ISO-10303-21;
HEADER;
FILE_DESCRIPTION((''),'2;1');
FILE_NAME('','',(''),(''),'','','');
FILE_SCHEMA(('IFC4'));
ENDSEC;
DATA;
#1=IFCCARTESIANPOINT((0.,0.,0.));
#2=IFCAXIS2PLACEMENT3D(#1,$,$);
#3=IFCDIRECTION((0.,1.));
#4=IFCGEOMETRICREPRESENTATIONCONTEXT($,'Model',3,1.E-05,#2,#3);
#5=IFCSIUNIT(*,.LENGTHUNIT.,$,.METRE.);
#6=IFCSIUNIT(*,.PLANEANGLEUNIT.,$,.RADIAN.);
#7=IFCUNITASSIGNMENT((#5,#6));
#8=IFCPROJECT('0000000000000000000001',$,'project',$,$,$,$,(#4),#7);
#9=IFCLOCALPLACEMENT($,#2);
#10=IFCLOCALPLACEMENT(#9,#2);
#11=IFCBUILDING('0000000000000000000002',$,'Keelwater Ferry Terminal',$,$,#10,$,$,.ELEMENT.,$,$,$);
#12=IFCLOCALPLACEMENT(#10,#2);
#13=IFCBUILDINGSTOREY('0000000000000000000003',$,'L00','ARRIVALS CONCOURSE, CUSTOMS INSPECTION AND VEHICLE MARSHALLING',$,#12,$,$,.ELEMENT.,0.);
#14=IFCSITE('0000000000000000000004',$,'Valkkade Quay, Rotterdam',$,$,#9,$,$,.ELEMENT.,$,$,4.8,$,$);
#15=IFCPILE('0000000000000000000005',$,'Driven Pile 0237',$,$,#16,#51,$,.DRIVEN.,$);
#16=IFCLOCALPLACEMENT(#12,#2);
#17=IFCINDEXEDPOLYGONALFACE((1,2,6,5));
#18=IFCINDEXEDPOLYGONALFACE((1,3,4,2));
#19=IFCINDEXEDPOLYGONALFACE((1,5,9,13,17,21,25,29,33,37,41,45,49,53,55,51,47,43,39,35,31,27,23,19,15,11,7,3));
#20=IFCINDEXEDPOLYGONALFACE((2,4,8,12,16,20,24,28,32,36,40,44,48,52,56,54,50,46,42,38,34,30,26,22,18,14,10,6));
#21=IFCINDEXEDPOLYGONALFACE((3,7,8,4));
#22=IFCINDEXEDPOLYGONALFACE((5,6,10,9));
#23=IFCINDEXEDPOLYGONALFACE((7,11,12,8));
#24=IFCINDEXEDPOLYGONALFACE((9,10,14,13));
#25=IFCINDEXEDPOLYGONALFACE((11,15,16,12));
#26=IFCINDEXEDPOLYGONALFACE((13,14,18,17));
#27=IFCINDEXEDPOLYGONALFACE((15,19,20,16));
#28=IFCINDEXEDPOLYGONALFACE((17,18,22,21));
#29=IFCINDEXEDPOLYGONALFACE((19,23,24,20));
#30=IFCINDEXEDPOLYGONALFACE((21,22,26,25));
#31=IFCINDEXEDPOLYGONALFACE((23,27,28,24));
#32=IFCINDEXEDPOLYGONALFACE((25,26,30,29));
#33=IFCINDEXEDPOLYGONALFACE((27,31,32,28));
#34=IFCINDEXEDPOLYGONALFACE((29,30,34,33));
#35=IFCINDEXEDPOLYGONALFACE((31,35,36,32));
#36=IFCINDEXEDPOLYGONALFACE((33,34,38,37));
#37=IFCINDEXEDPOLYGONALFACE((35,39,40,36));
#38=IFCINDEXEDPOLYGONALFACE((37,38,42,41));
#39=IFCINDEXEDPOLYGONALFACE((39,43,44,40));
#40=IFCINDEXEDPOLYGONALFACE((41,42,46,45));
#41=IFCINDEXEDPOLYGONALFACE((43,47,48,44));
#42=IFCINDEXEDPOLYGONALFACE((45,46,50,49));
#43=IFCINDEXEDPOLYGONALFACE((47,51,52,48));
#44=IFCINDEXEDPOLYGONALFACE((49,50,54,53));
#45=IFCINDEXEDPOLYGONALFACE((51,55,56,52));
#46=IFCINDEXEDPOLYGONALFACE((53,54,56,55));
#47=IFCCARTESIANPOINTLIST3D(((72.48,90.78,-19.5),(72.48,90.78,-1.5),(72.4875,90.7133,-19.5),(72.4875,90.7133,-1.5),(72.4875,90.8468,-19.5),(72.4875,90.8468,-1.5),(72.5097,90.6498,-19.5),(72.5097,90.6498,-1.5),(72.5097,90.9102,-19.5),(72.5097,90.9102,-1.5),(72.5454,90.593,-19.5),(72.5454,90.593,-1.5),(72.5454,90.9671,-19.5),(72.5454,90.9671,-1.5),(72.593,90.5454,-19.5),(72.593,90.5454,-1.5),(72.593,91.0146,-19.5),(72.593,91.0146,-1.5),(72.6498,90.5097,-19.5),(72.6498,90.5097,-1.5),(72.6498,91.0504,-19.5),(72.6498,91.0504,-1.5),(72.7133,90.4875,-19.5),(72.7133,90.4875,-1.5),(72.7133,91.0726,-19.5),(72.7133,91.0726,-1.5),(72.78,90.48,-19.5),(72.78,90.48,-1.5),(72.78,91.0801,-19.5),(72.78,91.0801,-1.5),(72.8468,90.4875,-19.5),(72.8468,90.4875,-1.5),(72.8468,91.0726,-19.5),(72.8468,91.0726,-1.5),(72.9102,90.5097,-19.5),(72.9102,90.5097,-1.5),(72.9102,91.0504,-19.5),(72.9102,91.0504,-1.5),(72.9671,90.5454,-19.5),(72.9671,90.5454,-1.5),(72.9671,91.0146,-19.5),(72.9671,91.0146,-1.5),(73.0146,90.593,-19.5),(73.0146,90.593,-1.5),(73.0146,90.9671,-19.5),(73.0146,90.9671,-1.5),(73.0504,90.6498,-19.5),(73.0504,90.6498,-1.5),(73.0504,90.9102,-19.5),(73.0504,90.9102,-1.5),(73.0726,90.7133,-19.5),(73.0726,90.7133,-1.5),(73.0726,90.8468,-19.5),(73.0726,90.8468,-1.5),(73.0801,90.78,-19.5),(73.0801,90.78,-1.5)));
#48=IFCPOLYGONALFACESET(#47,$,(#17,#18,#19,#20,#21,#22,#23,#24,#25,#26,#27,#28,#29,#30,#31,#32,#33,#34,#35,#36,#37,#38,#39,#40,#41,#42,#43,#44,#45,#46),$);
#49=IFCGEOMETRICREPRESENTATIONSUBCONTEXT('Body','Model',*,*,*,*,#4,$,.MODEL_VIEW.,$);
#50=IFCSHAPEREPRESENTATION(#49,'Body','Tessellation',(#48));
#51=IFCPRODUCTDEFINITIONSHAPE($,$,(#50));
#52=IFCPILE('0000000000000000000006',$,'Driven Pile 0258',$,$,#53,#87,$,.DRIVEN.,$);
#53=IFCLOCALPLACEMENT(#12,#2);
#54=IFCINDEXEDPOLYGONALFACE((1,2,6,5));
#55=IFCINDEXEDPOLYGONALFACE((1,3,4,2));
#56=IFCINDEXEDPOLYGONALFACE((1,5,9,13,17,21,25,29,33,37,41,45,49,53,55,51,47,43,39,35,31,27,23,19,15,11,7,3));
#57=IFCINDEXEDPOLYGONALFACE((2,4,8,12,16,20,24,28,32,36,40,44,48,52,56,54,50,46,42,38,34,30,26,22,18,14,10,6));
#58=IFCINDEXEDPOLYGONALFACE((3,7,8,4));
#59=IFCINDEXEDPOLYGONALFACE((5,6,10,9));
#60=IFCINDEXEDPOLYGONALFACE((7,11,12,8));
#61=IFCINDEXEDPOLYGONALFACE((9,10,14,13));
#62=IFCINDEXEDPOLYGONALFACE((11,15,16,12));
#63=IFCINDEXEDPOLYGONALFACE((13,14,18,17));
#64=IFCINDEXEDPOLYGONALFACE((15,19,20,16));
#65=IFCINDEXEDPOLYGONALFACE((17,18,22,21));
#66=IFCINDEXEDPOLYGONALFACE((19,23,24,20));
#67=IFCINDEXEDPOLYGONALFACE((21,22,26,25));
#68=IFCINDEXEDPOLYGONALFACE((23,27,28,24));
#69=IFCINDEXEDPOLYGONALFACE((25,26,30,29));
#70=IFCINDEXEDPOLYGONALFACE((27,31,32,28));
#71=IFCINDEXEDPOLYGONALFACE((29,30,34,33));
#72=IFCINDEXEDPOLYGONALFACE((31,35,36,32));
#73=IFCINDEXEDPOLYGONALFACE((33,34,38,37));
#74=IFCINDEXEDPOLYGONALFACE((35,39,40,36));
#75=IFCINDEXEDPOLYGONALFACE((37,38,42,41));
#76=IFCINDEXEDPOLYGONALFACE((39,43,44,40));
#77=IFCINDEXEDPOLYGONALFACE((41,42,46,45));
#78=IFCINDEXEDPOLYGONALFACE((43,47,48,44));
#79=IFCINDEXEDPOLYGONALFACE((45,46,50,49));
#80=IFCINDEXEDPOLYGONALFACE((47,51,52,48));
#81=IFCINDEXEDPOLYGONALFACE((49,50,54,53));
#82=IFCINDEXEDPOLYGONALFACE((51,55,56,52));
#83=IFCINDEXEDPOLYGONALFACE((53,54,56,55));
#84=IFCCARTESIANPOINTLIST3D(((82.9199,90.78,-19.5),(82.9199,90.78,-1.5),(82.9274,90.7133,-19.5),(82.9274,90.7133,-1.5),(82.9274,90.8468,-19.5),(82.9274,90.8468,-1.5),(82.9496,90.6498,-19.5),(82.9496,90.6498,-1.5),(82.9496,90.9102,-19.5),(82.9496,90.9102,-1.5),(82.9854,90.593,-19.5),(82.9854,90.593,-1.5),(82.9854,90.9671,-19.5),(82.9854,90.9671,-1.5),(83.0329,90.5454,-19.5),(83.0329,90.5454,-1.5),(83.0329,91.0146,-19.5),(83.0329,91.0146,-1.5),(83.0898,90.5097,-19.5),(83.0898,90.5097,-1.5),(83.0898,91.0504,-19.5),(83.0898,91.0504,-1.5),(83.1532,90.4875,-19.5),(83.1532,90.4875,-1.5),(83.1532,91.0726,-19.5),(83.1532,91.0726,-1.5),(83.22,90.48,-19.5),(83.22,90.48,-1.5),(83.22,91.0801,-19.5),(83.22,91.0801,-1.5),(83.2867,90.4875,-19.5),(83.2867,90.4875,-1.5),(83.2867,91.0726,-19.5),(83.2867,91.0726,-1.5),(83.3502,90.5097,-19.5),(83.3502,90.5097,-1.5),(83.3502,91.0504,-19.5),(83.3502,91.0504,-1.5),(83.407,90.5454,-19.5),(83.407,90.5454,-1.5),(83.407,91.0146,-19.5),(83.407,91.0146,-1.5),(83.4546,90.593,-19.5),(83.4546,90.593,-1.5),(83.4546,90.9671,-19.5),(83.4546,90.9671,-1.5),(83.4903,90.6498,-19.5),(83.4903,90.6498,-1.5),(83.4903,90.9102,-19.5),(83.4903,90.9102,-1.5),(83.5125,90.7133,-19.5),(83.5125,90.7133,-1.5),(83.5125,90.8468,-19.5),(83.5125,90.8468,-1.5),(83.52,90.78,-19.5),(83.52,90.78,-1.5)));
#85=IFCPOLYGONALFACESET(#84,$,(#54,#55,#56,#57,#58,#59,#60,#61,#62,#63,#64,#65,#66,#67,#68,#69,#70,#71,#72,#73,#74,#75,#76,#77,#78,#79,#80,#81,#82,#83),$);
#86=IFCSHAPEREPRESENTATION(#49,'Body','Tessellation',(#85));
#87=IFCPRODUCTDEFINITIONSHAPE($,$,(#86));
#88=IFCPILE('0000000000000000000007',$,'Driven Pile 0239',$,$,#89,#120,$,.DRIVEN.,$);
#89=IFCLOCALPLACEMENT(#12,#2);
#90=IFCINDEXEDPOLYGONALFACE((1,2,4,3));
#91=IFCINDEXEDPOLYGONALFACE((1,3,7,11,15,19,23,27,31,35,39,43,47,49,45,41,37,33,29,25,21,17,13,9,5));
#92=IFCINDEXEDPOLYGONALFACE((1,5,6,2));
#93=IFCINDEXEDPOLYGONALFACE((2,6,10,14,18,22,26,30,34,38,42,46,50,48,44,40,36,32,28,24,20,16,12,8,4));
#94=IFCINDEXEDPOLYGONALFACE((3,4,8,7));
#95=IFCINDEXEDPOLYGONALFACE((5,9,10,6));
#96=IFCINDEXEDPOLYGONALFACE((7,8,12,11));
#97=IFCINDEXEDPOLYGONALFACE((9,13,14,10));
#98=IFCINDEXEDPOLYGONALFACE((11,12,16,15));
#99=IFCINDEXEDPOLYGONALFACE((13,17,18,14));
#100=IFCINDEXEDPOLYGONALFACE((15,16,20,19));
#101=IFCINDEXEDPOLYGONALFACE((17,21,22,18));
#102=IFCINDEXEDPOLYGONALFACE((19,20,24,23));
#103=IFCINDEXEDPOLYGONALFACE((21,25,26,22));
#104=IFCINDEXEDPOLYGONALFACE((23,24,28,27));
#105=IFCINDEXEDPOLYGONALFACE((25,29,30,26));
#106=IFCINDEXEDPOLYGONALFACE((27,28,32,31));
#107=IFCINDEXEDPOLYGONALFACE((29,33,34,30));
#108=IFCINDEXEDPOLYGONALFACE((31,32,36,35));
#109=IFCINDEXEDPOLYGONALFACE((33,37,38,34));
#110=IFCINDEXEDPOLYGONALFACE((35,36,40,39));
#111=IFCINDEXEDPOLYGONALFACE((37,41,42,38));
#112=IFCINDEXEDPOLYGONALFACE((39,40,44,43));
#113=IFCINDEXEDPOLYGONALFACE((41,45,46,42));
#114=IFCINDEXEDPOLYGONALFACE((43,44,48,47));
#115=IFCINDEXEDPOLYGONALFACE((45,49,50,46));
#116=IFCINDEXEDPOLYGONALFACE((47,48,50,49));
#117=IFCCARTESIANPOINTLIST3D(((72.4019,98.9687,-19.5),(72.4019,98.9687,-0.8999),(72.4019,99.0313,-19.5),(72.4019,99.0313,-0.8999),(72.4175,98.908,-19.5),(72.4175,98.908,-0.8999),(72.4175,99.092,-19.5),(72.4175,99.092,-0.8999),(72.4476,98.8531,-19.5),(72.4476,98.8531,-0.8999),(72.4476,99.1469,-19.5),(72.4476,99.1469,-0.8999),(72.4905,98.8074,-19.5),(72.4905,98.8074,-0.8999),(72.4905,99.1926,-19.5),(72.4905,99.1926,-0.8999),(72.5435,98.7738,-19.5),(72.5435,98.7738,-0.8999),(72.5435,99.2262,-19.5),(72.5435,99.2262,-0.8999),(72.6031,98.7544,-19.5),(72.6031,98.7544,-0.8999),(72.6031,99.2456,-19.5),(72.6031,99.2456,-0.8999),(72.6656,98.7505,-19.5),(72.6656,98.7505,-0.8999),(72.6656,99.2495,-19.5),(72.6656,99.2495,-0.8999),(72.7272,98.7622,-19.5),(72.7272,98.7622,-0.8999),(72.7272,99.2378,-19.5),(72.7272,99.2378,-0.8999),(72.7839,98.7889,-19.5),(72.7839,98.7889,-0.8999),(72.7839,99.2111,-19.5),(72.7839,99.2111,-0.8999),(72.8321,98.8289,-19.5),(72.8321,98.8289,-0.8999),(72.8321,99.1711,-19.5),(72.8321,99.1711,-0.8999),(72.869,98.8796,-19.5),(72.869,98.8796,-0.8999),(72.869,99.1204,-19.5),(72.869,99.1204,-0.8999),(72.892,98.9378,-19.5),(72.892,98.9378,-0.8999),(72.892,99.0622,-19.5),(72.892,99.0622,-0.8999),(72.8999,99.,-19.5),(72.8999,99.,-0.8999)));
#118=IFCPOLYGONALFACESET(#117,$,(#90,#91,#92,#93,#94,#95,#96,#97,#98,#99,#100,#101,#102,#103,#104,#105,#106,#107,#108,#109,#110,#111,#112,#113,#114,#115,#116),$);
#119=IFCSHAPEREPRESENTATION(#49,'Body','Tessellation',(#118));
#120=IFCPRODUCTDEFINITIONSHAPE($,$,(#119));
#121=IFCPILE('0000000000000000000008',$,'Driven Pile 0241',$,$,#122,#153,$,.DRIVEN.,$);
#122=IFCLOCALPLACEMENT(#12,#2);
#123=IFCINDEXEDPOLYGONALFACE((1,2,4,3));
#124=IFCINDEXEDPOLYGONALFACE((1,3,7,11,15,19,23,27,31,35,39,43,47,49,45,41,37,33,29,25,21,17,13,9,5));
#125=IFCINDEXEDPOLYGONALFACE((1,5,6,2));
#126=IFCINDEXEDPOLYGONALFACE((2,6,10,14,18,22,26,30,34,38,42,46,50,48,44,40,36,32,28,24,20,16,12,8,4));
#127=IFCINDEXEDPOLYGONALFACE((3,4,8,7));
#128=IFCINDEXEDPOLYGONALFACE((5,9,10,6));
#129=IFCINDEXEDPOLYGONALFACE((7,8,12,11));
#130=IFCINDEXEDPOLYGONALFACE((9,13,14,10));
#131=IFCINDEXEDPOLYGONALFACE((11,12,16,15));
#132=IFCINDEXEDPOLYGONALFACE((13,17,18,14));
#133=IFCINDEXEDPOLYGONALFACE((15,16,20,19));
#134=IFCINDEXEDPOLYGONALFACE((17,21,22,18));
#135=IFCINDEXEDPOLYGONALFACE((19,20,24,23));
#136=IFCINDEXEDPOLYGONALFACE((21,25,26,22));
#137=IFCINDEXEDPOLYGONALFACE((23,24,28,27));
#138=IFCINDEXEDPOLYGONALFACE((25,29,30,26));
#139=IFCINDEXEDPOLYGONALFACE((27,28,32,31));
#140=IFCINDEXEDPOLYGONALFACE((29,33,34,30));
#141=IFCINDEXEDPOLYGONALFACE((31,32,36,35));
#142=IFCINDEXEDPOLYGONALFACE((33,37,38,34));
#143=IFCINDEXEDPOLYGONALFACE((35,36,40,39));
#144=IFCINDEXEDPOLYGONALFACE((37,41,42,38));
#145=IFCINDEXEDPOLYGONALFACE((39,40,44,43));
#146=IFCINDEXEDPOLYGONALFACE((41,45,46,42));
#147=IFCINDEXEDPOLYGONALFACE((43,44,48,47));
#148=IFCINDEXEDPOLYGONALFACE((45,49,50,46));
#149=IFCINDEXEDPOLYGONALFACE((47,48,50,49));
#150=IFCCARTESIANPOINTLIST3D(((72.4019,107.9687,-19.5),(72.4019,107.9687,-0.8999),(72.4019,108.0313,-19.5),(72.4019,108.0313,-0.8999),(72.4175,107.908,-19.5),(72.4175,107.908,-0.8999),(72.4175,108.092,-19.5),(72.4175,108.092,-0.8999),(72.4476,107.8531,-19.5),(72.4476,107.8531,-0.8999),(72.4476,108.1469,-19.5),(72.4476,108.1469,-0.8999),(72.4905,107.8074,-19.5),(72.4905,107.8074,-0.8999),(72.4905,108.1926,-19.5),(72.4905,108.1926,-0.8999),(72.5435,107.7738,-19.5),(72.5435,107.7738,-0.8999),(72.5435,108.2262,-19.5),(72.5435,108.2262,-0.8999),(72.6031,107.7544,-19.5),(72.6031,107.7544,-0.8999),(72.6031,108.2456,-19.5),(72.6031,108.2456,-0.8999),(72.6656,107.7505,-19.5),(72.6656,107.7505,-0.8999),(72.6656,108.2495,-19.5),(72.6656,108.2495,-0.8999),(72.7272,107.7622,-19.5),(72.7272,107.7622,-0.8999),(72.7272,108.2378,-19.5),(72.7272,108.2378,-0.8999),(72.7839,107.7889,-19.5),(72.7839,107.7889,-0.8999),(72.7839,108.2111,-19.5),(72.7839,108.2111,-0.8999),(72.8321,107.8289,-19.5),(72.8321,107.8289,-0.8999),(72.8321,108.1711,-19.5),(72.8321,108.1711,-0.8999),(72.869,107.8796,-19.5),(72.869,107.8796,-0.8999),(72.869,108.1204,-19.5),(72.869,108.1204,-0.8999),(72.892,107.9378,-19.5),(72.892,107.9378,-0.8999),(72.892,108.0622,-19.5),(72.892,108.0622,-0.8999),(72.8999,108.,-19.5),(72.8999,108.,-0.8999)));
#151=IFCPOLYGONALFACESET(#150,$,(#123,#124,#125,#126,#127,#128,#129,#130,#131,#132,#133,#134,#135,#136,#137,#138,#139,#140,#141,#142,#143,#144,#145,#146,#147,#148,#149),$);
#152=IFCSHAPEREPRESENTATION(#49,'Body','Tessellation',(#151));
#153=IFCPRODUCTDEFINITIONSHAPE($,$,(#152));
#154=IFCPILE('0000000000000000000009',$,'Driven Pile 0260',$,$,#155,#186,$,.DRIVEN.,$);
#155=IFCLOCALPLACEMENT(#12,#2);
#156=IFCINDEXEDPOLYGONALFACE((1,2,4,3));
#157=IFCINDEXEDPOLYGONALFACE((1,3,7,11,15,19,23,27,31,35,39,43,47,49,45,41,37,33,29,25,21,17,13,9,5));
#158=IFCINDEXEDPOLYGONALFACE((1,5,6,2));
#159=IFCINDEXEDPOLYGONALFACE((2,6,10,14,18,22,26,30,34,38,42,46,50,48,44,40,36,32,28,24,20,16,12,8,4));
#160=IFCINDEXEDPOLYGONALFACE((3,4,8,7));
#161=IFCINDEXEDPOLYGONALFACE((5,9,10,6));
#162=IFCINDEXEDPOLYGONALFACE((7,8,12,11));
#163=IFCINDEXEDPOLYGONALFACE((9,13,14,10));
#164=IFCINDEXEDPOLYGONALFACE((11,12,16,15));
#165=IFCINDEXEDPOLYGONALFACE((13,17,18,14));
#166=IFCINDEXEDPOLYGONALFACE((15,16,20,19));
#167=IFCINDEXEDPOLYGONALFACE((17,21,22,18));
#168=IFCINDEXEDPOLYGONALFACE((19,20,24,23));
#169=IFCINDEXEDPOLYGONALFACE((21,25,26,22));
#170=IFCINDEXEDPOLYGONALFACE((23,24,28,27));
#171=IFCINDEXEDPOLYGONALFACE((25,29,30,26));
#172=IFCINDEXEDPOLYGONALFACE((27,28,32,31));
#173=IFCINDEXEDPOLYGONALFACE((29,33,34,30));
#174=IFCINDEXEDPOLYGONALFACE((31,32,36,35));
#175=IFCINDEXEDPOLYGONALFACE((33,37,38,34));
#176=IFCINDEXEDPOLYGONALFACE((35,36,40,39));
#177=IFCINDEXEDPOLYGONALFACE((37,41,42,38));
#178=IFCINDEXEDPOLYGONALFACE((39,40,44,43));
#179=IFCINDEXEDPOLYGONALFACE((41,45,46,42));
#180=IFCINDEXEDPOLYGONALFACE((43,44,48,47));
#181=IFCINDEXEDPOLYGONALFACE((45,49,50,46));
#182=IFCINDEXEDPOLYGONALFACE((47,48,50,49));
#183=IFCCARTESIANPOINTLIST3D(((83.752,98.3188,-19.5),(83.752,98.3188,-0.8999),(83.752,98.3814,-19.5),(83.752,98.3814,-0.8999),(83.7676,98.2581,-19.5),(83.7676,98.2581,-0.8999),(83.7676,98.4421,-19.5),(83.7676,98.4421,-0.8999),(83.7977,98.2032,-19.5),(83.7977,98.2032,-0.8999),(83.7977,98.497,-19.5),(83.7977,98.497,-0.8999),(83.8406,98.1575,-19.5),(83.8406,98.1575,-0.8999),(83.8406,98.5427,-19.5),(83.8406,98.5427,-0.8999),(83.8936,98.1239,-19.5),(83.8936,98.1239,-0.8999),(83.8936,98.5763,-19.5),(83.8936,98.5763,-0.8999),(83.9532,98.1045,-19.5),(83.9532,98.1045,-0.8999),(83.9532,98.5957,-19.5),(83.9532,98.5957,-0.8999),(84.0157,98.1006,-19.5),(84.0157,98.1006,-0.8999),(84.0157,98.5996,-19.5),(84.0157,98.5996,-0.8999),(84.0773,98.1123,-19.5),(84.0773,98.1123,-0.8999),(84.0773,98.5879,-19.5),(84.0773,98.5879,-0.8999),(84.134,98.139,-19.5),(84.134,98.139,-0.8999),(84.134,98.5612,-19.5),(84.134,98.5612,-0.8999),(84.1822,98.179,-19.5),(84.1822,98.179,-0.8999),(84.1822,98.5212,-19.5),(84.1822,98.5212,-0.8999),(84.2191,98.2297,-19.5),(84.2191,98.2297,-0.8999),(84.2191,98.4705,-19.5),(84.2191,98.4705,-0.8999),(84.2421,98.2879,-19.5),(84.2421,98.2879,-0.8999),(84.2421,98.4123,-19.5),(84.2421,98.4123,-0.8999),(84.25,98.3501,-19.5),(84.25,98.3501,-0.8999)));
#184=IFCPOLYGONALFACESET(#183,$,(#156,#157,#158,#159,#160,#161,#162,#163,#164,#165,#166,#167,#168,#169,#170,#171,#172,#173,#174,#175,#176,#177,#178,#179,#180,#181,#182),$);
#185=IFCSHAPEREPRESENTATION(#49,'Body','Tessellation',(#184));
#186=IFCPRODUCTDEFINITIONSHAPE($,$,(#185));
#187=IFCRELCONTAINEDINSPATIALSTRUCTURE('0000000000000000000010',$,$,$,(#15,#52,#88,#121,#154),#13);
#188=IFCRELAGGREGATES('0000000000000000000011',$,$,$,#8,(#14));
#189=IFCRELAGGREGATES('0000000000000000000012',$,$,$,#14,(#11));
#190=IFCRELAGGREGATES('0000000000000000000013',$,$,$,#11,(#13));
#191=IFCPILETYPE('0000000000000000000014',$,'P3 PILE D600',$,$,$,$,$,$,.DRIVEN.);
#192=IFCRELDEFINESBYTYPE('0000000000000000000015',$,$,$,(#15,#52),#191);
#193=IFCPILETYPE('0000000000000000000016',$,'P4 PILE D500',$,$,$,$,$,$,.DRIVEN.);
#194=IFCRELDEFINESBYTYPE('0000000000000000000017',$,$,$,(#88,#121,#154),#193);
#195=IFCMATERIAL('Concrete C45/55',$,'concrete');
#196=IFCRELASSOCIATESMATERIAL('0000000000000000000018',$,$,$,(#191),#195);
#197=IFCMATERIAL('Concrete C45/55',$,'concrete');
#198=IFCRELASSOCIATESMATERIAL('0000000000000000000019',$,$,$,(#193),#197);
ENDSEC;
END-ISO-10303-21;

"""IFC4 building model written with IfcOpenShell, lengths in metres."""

from ifc_helpers import new_model, si_unit, direction, frame, origin, origin_2d, place, context, subcontext, project, spatial, circle, extrude, material, material_profile, profile_set, type_object, element, save


model = new_model("IFC4")

# Units and contexts
model_context = context("Model", 3, precision=1e-05, world=origin(), true_north=direction((0.0, 1.0)))
body_context = subcontext(model_context, "Body", "Model", "MODEL_VIEW")
ifc_project = project(units=[si_unit("LENGTHUNIT", "METRE"), si_unit("PLANEANGLEUNIT", "RADIAN")], contexts=[model_context])

# Site, building, storey
site_placement = place(None, origin())
site = spatial("IfcSite", under=ifc_project, at=site_placement, Name="Valkkade Quay, Rotterdam", CompositionType="ELEMENT", RefElevation=4.8)
building_placement = place(site_placement, origin())
building = spatial("IfcBuilding", under=site, at=building_placement, Name="Keelwater Ferry Terminal", CompositionType="ELEMENT")
storey_placement = place(building_placement, origin())
storey = spatial("IfcBuildingStorey", under=building, at=storey_placement, Name="L00", Description="ARRIVALS CONCOURSE, CUSTOMS INSPECTION AND VEHICLE MARSHALLING", CompositionType="ELEMENT", Elevation=0.0)

# Piles
ifc_material_1 = material(Name="Concrete C45/55", Category="concrete")
ifc_material_profile_1 = material_profile(ifc_material_1, circle(Radius=0.3, at=origin_2d()), Name="PILE D600")
ifc_profile_set_1 = profile_set([ifc_material_profile_1], Name="Concrete C45/55")
pile_type_1 = type_object("IfcPileType", Name="P3 PILE D600", PredefinedType="DRIVEN", material=ifc_profile_set_1)
for number, where, z_axis, x_axis, name in (
    (1, (72.78, 90.78, -1.5), (0.0, 0.0, -1.0), (1.0, 0.0, 0.0), "Driven Pile 0237"),
    (2, (83.22, 90.78, -1.5), (0.0, 0.0, -1.0), (1.0, 0.0, 0.0), "Driven Pile 0258"),
):
    element("IfcPile", number, at=place(storey_placement, frame(where, z_axis=z_axis, x_axis=x_axis)), inside=storey, type_object=pile_type_1, Name=name, PredefinedType="DRIVEN", context=body_context, shape_type="SweptSolid", body=[
        extrude(circle(Radius=0.3, at=origin_2d()), origin(), (0.0, 0.0, 1.0), 18.0),
    ])
ifc_material_2 = material(Name="Concrete C45/55", Category="concrete")
ifc_material_profile_2 = material_profile(ifc_material_2, circle(Radius=0.25, at=origin_2d()), Name="PILE D500")
ifc_profile_set_2 = profile_set([ifc_material_profile_2], Name="Concrete C45/55")
pile_type_2 = type_object("IfcPileType", Name="P4 PILE D500", PredefinedType="DRIVEN", material=ifc_profile_set_2)
for number, where, z_axis, x_axis, name in (
    (3, (72.6499, 99.0, -0.8999), (0.0, 0.0, -1.0), (1.0, 0.0, 0.0), "Driven Pile 0239"),
    (4, (72.6499, 108.0, -0.8999), (0.0, 0.0, -1.0), (1.0, 0.0, 0.0), "Driven Pile 0241"),
    (5, (84.0, 98.3501, -0.8999), (0.0, 0.0, -1.0), (1.0, 0.0, 0.0), "Driven Pile 0260"),
):
    element("IfcPile", number, at=place(storey_placement, frame(where, z_axis=z_axis, x_axis=x_axis)), inside=storey, type_object=pile_type_2, Name=name, PredefinedType="DRIVEN", context=body_context, shape_type="SweptSolid", body=[
        extrude(circle(Radius=0.25, at=origin_2d()), origin(), (0.0, 0.0, 1.0), 18.6001),
    ])

save(model, "model.ifc")
